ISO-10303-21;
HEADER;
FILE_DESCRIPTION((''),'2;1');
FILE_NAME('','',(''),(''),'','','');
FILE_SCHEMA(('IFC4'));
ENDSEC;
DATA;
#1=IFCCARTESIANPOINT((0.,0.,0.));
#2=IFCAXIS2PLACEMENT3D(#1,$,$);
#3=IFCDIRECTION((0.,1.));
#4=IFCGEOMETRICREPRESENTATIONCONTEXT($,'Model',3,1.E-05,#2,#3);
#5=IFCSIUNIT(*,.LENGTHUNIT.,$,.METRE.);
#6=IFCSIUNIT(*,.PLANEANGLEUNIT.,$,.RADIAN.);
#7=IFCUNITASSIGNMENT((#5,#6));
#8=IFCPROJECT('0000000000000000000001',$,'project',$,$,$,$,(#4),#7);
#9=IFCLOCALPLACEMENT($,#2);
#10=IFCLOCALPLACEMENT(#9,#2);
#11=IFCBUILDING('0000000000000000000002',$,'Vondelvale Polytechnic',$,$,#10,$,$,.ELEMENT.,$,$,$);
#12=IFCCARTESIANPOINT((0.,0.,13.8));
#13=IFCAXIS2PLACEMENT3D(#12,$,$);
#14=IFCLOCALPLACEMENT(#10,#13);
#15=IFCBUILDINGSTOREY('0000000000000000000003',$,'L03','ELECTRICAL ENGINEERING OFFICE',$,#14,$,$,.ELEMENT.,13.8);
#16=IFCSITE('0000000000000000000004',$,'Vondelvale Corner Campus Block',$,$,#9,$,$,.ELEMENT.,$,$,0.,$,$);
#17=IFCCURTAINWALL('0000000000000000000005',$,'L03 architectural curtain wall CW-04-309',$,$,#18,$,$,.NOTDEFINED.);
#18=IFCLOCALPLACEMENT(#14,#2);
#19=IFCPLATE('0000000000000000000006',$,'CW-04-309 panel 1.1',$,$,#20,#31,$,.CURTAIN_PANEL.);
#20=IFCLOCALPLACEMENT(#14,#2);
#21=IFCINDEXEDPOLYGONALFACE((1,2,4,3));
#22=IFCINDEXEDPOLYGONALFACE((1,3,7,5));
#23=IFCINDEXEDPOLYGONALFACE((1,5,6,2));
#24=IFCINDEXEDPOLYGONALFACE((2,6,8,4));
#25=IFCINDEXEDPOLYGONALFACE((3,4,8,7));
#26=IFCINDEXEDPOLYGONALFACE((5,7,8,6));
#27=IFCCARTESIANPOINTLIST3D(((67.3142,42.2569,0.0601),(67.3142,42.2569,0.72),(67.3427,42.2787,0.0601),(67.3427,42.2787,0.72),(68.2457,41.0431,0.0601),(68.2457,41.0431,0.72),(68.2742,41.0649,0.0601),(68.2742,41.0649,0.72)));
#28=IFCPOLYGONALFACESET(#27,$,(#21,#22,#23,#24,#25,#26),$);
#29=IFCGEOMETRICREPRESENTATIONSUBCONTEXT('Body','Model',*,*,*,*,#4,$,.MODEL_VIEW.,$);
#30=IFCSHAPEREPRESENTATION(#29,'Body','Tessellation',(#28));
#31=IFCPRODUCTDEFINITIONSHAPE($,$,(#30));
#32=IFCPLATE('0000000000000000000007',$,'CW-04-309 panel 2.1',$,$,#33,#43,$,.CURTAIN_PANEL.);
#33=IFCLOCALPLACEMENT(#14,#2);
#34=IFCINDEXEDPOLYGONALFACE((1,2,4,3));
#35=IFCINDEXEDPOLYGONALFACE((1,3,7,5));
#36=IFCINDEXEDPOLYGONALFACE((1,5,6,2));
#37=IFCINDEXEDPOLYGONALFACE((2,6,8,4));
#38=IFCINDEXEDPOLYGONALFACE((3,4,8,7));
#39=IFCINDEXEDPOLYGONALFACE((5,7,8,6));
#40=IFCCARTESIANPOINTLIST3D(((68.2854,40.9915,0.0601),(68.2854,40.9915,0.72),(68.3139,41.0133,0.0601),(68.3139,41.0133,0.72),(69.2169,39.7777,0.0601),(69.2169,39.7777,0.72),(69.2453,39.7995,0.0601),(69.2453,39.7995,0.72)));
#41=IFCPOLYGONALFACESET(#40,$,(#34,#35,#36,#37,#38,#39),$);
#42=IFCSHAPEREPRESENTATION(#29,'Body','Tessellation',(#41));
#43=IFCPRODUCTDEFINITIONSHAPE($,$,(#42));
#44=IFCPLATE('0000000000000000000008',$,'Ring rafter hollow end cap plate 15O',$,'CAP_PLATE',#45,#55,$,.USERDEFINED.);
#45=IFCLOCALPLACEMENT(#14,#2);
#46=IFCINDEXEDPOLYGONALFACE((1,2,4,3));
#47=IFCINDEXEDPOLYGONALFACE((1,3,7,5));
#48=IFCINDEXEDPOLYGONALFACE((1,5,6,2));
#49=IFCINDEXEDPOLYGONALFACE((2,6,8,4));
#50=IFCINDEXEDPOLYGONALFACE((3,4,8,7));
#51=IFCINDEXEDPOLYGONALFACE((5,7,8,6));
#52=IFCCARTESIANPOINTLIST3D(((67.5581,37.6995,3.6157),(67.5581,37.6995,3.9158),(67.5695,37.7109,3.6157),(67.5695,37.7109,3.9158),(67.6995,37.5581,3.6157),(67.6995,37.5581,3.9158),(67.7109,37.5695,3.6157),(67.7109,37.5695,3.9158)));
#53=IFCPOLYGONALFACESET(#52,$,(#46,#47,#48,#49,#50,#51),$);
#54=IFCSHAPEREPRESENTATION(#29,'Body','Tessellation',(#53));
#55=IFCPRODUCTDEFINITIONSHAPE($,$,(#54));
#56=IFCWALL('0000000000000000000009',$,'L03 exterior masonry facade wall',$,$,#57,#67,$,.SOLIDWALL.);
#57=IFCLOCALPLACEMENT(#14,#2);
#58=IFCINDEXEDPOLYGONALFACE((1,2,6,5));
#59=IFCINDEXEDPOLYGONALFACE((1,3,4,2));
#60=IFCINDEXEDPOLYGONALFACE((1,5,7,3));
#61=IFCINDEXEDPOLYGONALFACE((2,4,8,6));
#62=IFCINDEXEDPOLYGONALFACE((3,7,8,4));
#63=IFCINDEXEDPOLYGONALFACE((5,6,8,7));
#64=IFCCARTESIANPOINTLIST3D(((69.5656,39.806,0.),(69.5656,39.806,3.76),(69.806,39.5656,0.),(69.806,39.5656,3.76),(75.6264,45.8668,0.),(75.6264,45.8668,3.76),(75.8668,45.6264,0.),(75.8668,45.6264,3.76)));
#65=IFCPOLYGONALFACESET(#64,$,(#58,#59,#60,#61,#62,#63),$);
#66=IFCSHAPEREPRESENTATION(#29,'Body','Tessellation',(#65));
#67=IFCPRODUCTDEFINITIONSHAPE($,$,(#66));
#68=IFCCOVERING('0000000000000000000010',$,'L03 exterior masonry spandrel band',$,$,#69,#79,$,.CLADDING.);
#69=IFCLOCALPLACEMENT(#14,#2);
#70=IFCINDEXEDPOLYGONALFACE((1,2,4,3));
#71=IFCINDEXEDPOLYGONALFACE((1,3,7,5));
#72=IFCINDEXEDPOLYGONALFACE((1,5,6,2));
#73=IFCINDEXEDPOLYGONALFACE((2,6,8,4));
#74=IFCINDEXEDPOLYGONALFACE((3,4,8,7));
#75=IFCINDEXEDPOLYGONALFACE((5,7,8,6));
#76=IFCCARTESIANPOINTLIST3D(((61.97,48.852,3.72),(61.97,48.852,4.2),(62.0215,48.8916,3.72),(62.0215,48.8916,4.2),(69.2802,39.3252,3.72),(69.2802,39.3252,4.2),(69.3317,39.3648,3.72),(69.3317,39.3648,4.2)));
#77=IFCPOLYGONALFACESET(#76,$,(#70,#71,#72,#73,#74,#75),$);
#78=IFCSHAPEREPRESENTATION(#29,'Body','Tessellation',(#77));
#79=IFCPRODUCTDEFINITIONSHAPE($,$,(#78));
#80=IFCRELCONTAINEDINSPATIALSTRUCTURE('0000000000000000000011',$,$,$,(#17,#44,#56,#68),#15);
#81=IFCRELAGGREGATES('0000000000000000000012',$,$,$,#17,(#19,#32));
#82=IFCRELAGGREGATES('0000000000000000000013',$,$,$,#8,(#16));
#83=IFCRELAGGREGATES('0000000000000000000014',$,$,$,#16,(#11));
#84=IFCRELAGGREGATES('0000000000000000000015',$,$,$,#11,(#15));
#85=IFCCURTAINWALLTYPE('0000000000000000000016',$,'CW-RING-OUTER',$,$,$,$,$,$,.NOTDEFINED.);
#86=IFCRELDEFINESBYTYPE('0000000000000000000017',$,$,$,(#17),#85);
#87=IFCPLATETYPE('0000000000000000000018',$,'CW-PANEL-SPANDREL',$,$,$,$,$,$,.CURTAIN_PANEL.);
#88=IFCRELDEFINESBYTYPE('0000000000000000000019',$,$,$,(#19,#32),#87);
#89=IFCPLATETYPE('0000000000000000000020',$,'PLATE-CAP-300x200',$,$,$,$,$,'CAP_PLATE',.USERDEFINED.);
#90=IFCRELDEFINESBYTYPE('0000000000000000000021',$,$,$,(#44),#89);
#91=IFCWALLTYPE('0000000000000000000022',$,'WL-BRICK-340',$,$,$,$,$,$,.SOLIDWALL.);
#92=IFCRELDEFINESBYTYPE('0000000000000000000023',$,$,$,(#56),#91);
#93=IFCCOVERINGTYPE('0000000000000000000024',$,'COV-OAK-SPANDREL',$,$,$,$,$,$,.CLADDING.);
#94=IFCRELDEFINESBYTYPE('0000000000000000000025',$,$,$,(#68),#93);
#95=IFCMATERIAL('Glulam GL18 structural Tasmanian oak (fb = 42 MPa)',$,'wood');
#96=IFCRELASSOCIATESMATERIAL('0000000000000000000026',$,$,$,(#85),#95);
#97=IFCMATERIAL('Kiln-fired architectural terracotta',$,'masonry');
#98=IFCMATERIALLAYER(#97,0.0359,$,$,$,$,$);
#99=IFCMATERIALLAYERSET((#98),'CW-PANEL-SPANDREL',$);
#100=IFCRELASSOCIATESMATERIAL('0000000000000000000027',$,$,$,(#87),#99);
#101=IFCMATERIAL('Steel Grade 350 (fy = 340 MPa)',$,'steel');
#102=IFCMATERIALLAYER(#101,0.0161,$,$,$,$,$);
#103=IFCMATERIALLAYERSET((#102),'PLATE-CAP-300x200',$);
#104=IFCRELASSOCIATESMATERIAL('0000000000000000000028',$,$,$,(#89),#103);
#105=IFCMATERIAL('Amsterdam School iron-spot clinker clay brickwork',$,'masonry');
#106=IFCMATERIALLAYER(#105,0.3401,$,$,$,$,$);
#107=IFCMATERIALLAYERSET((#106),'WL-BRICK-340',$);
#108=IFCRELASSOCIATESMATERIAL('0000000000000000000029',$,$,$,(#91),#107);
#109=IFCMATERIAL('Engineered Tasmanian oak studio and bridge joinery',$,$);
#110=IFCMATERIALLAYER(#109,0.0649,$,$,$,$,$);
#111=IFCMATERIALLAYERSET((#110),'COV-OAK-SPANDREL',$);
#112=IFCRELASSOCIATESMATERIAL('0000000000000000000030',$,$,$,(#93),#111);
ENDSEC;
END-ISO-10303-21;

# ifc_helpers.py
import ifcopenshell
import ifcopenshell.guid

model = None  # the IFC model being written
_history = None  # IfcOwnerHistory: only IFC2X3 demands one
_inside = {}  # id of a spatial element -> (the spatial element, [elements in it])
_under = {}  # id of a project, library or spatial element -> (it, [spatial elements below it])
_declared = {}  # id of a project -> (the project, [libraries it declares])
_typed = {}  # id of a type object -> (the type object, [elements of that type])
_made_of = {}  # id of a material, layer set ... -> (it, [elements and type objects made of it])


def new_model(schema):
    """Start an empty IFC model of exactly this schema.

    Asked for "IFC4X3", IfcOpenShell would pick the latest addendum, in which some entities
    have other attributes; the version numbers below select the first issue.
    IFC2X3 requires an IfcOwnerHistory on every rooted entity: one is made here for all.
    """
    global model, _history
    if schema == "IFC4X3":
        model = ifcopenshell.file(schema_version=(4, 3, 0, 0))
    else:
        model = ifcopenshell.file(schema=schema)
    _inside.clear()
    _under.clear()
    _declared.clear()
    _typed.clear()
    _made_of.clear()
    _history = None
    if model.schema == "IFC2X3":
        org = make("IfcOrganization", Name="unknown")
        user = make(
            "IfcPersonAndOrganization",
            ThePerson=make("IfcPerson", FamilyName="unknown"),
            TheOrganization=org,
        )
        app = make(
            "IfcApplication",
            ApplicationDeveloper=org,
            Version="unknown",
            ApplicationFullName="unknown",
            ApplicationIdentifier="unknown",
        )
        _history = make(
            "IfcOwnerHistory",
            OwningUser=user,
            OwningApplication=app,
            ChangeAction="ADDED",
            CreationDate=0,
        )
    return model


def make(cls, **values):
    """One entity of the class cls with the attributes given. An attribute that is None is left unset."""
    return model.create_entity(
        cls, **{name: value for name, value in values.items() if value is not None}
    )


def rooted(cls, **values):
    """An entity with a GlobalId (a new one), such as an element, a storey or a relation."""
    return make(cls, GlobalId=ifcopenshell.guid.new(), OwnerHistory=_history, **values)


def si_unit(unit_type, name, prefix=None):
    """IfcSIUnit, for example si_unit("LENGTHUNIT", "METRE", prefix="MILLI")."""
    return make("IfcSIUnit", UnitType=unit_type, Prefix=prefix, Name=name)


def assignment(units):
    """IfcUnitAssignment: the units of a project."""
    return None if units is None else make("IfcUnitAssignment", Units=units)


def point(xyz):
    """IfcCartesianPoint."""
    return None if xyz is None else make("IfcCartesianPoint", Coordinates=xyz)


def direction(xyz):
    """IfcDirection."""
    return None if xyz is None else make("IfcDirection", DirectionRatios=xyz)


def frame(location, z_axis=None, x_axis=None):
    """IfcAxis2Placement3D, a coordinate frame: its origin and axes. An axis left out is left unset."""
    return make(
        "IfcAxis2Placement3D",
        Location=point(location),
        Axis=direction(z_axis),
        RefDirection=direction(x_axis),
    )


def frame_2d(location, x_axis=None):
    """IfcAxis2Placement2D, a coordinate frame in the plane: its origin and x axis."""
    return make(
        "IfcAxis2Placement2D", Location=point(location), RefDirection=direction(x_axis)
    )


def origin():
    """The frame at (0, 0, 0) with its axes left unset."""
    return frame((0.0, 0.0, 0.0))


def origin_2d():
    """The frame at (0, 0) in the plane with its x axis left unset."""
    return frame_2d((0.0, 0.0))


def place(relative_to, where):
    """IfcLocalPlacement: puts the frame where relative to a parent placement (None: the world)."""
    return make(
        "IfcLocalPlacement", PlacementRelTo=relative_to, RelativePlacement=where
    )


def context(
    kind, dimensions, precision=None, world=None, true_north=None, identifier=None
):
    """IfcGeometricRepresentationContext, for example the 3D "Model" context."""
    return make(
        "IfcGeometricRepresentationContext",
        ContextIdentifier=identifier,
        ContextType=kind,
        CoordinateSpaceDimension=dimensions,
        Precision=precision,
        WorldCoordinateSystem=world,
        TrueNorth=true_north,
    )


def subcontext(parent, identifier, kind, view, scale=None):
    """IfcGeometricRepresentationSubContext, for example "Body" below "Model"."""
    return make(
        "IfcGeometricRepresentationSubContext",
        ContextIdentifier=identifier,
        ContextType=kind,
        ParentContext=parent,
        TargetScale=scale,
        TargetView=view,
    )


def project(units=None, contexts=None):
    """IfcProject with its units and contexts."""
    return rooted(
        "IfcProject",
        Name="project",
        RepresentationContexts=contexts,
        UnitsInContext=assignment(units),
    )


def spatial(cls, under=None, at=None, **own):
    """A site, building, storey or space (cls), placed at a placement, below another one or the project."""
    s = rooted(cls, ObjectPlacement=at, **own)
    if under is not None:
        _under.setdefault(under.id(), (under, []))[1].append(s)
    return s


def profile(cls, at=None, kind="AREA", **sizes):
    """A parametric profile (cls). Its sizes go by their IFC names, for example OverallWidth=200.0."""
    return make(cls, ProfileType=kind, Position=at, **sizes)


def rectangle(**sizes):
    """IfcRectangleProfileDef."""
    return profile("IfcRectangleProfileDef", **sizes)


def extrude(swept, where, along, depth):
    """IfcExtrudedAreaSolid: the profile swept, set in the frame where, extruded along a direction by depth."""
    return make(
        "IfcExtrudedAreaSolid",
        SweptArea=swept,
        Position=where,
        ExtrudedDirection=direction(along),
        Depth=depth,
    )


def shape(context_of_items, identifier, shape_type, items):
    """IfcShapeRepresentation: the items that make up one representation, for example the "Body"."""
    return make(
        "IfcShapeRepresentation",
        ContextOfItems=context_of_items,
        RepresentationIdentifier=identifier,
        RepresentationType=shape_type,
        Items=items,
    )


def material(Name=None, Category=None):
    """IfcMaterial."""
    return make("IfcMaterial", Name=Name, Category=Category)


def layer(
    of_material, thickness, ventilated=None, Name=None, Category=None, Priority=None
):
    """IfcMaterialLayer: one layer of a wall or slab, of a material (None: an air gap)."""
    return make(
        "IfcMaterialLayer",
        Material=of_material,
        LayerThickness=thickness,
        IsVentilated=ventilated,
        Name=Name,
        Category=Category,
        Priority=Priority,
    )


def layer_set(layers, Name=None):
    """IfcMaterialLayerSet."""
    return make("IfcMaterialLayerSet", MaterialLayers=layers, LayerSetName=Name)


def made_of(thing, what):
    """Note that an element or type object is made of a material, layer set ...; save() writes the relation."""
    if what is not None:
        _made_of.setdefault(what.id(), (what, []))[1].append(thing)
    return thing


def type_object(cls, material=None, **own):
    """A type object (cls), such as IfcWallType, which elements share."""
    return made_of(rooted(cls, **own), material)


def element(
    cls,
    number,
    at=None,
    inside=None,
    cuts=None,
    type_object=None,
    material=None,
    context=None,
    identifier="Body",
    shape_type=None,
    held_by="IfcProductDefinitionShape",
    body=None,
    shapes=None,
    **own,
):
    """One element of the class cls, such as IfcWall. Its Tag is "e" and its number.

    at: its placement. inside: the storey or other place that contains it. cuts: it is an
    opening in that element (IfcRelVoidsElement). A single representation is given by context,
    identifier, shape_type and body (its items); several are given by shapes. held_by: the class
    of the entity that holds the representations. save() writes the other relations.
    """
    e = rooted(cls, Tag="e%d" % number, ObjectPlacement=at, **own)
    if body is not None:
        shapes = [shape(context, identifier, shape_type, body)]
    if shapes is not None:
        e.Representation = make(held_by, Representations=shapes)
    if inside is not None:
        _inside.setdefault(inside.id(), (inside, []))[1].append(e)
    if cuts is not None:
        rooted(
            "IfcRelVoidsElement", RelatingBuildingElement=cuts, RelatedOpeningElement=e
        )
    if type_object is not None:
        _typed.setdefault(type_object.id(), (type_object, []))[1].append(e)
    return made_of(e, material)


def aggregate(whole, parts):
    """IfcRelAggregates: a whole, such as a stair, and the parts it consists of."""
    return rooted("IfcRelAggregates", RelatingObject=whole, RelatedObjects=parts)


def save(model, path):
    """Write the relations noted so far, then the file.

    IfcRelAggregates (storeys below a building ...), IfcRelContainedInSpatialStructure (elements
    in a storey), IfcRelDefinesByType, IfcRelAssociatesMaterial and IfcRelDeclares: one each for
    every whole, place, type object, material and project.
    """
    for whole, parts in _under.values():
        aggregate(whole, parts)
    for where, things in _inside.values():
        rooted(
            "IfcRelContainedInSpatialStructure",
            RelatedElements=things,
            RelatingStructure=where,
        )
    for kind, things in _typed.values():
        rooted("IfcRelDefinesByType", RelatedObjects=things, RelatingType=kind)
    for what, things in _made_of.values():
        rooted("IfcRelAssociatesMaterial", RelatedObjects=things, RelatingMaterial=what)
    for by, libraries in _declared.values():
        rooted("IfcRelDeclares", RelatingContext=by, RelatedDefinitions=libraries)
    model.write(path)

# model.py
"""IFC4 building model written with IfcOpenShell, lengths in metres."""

from ifc_helpers import new_model, si_unit, direction, frame, frame_2d, origin, origin_2d, place, context, subcontext, project, spatial, rectangle, extrude, material, layer, layer_set, type_object, element, aggregate, save


model = new_model("IFC4")

# Units and contexts
model_context = context("Model", 3, precision=1e-05, world=origin(), true_north=direction((0.0, 1.0)))
body_context = subcontext(model_context, "Body", "Model", "MODEL_VIEW")
ifc_project = project(units=[si_unit("LENGTHUNIT", "METRE"), si_unit("PLANEANGLEUNIT", "RADIAN")], contexts=[model_context])

# Site, building, storey
site_placement = place(None, origin())
site = spatial("IfcSite", under=ifc_project, at=site_placement, Name="Vondelvale Corner Campus Block", CompositionType="ELEMENT", RefElevation=0.0)
building_placement = place(site_placement, origin())
building = spatial("IfcBuilding", under=site, at=building_placement, Name="Vondelvale Polytechnic", CompositionType="ELEMENT")
storey_placement = place(building_placement, frame((0.0, 0.0, 13.8)))
storey = spatial("IfcBuildingStorey", under=building, at=storey_placement, Name="L03", Description="ELECTRICAL ENGINEERING OFFICE", CompositionType="ELEMENT", Elevation=13.8)

# Shared definitions
ifc_material_1 = material(Name="Glulam GL18 structural Tasmanian oak (fb = 42 MPa)", Category="wood")

# Shared definitions
curtain_wall_type = type_object("IfcCurtainWallType", Name="CW-RING-OUTER", PredefinedType="NOTDEFINED", material=ifc_material_1)

# Curtain wall
curtain_wall_1_placement = place(storey_placement, origin())
curtain_wall_1 = element("IfcCurtainWall", 1, at=curtain_wall_1_placement, inside=storey, type_object=curtain_wall_type, Name="L03 architectural curtain wall CW-04-309", PredefinedType="NOTDEFINED")

# Plates
ifc_material_2 = material(Name="Engineered Tasmanian oak studio and bridge joinery")
ifc_material_3 = material(Name="Kiln-fired architectural terracotta", Category="masonry")
ifc_layer_1 = layer(ifc_material_3, 0.0359)
ifc_layer_set_1 = layer_set([ifc_layer_1], Name="CW-PANEL-SPANDREL")
plate_type_1 = type_object("IfcPlateType", Name="CW-PANEL-SPANDREL", PredefinedType="CURTAIN_PANEL", material=ifc_layer_set_1)
plate_1_placement = place(storey_placement, frame((67.7942, 41.6609, 0.0601), z_axis=(0.0, 0.0, 1.0), x_axis=(0.608787, -0.793334, 0.0)))
plate_1 = element("IfcPlate", 2, at=plate_1_placement, type_object=plate_type_1, Name="CW-04-309 panel 1.1", PredefinedType="CURTAIN_PANEL", context=body_context, shape_type="SweptSolid", body=[
    extrude(rectangle(XDim=1.53, YDim=0.0359, at=origin_2d()), origin(), (0.0, 0.0, 1.0), 0.6599),
])
plate_2_placement = place(storey_placement, frame((68.7654, 40.3955, 0.0601), z_axis=(0.0, 0.0, 1.0), x_axis=(0.608787, -0.793334, 0.0)))
plate_2 = element("IfcPlate", 3, at=plate_2_placement, type_object=plate_type_1, Name="CW-04-309 panel 2.1", PredefinedType="CURTAIN_PANEL", context=body_context, shape_type="SweptSolid", body=[
    extrude(rectangle(XDim=1.53, YDim=0.0359, at=origin_2d()), origin(), (0.0, 0.0, 1.0), 0.6599),
])
aggregate(curtain_wall_1, [plate_1, plate_2])
ifc_material_4 = material(Name="Steel Grade 350 (fy = 340 MPa)", Category="steel")
ifc_layer_2 = layer(ifc_material_4, 0.0161)
ifc_layer_set_2 = layer_set([ifc_layer_2], Name="PLATE-CAP-300x200")
plate_type_2 = type_object("IfcPlateType", Name="PLATE-CAP-300x200", ElementType="CAP_PLATE", PredefinedType="USERDEFINED", material=ifc_layer_set_2)
plate_3_placement = place(storey_placement, frame((67.6345, 37.6345, 3.6157), z_axis=(0.0, 0.0, 1.0), x_axis=(0.707107, 0.707107, 0.0)))
element("IfcPlate", 4, at=plate_3_placement, inside=storey, type_object=plate_type_2, Name="Ring rafter hollow end cap plate 15O", ObjectType="CAP_PLATE", PredefinedType="USERDEFINED", context=body_context, shape_type="SweptSolid", body=[
    extrude(rectangle(XDim=0.0161, YDim=0.2, at=origin_2d()), origin(), (0.0, 0.0, 1.0), 0.3),
])

# Wall
ifc_material_5 = material(Name="Amsterdam School iron-spot clinker clay brickwork", Category="masonry")
ifc_layer_3 = layer(ifc_material_5, 0.3401)
ifc_layer_set_3 = layer_set([ifc_layer_3], Name="WL-BRICK-340")
wall_type = type_object("IfcWallType", Name="WL-BRICK-340", PredefinedType="SOLIDWALL", material=ifc_layer_set_3)
wall_placement = place(storey_placement, frame((69.6858, 39.6858, 0.0), z_axis=(0.0, 0.0, 1.0), x_axis=(0.707107, 0.707107, 0.0)))
element("IfcWall", 5, at=wall_placement, inside=storey, type_object=wall_type, Name="L03 exterior masonry facade wall", PredefinedType="SOLIDWALL", context=body_context, shape_type="SweptSolid", body=[
    extrude(rectangle(XDim=8.5713, YDim=0.3401, at=frame_2d((4.2856, 0.0))), origin(), (0.0, 0.0, 1.0), 3.76),
])

# Covering
ifc_layer_4 = layer(ifc_material_2, 0.0649)
ifc_layer_set_4 = layer_set([ifc_layer_4], Name="COV-OAK-SPANDREL")
covering_type = type_object("IfcCoveringType", Name="COV-OAK-SPANDREL", PredefinedType="CLADDING", material=ifc_layer_set_4)
covering_placement = place(storey_placement, frame((65.6509, 44.1084, 3.72), z_axis=(0.0, 0.0, 1.0), x_axis=(0.608761, -0.793353, 0.0)))
element("IfcCovering", 6, at=covering_placement, inside=storey, type_object=covering_type, Name="L03 exterior masonry spandrel band", PredefinedType="CLADDING", context=body_context, shape_type="SweptSolid", body=[
    extrude(rectangle(XDim=12.0083, YDim=0.0649, at=origin_2d()), origin(), (0.0, 0.0, 1.0), 0.48),
])

save(model, "model.ifc")
